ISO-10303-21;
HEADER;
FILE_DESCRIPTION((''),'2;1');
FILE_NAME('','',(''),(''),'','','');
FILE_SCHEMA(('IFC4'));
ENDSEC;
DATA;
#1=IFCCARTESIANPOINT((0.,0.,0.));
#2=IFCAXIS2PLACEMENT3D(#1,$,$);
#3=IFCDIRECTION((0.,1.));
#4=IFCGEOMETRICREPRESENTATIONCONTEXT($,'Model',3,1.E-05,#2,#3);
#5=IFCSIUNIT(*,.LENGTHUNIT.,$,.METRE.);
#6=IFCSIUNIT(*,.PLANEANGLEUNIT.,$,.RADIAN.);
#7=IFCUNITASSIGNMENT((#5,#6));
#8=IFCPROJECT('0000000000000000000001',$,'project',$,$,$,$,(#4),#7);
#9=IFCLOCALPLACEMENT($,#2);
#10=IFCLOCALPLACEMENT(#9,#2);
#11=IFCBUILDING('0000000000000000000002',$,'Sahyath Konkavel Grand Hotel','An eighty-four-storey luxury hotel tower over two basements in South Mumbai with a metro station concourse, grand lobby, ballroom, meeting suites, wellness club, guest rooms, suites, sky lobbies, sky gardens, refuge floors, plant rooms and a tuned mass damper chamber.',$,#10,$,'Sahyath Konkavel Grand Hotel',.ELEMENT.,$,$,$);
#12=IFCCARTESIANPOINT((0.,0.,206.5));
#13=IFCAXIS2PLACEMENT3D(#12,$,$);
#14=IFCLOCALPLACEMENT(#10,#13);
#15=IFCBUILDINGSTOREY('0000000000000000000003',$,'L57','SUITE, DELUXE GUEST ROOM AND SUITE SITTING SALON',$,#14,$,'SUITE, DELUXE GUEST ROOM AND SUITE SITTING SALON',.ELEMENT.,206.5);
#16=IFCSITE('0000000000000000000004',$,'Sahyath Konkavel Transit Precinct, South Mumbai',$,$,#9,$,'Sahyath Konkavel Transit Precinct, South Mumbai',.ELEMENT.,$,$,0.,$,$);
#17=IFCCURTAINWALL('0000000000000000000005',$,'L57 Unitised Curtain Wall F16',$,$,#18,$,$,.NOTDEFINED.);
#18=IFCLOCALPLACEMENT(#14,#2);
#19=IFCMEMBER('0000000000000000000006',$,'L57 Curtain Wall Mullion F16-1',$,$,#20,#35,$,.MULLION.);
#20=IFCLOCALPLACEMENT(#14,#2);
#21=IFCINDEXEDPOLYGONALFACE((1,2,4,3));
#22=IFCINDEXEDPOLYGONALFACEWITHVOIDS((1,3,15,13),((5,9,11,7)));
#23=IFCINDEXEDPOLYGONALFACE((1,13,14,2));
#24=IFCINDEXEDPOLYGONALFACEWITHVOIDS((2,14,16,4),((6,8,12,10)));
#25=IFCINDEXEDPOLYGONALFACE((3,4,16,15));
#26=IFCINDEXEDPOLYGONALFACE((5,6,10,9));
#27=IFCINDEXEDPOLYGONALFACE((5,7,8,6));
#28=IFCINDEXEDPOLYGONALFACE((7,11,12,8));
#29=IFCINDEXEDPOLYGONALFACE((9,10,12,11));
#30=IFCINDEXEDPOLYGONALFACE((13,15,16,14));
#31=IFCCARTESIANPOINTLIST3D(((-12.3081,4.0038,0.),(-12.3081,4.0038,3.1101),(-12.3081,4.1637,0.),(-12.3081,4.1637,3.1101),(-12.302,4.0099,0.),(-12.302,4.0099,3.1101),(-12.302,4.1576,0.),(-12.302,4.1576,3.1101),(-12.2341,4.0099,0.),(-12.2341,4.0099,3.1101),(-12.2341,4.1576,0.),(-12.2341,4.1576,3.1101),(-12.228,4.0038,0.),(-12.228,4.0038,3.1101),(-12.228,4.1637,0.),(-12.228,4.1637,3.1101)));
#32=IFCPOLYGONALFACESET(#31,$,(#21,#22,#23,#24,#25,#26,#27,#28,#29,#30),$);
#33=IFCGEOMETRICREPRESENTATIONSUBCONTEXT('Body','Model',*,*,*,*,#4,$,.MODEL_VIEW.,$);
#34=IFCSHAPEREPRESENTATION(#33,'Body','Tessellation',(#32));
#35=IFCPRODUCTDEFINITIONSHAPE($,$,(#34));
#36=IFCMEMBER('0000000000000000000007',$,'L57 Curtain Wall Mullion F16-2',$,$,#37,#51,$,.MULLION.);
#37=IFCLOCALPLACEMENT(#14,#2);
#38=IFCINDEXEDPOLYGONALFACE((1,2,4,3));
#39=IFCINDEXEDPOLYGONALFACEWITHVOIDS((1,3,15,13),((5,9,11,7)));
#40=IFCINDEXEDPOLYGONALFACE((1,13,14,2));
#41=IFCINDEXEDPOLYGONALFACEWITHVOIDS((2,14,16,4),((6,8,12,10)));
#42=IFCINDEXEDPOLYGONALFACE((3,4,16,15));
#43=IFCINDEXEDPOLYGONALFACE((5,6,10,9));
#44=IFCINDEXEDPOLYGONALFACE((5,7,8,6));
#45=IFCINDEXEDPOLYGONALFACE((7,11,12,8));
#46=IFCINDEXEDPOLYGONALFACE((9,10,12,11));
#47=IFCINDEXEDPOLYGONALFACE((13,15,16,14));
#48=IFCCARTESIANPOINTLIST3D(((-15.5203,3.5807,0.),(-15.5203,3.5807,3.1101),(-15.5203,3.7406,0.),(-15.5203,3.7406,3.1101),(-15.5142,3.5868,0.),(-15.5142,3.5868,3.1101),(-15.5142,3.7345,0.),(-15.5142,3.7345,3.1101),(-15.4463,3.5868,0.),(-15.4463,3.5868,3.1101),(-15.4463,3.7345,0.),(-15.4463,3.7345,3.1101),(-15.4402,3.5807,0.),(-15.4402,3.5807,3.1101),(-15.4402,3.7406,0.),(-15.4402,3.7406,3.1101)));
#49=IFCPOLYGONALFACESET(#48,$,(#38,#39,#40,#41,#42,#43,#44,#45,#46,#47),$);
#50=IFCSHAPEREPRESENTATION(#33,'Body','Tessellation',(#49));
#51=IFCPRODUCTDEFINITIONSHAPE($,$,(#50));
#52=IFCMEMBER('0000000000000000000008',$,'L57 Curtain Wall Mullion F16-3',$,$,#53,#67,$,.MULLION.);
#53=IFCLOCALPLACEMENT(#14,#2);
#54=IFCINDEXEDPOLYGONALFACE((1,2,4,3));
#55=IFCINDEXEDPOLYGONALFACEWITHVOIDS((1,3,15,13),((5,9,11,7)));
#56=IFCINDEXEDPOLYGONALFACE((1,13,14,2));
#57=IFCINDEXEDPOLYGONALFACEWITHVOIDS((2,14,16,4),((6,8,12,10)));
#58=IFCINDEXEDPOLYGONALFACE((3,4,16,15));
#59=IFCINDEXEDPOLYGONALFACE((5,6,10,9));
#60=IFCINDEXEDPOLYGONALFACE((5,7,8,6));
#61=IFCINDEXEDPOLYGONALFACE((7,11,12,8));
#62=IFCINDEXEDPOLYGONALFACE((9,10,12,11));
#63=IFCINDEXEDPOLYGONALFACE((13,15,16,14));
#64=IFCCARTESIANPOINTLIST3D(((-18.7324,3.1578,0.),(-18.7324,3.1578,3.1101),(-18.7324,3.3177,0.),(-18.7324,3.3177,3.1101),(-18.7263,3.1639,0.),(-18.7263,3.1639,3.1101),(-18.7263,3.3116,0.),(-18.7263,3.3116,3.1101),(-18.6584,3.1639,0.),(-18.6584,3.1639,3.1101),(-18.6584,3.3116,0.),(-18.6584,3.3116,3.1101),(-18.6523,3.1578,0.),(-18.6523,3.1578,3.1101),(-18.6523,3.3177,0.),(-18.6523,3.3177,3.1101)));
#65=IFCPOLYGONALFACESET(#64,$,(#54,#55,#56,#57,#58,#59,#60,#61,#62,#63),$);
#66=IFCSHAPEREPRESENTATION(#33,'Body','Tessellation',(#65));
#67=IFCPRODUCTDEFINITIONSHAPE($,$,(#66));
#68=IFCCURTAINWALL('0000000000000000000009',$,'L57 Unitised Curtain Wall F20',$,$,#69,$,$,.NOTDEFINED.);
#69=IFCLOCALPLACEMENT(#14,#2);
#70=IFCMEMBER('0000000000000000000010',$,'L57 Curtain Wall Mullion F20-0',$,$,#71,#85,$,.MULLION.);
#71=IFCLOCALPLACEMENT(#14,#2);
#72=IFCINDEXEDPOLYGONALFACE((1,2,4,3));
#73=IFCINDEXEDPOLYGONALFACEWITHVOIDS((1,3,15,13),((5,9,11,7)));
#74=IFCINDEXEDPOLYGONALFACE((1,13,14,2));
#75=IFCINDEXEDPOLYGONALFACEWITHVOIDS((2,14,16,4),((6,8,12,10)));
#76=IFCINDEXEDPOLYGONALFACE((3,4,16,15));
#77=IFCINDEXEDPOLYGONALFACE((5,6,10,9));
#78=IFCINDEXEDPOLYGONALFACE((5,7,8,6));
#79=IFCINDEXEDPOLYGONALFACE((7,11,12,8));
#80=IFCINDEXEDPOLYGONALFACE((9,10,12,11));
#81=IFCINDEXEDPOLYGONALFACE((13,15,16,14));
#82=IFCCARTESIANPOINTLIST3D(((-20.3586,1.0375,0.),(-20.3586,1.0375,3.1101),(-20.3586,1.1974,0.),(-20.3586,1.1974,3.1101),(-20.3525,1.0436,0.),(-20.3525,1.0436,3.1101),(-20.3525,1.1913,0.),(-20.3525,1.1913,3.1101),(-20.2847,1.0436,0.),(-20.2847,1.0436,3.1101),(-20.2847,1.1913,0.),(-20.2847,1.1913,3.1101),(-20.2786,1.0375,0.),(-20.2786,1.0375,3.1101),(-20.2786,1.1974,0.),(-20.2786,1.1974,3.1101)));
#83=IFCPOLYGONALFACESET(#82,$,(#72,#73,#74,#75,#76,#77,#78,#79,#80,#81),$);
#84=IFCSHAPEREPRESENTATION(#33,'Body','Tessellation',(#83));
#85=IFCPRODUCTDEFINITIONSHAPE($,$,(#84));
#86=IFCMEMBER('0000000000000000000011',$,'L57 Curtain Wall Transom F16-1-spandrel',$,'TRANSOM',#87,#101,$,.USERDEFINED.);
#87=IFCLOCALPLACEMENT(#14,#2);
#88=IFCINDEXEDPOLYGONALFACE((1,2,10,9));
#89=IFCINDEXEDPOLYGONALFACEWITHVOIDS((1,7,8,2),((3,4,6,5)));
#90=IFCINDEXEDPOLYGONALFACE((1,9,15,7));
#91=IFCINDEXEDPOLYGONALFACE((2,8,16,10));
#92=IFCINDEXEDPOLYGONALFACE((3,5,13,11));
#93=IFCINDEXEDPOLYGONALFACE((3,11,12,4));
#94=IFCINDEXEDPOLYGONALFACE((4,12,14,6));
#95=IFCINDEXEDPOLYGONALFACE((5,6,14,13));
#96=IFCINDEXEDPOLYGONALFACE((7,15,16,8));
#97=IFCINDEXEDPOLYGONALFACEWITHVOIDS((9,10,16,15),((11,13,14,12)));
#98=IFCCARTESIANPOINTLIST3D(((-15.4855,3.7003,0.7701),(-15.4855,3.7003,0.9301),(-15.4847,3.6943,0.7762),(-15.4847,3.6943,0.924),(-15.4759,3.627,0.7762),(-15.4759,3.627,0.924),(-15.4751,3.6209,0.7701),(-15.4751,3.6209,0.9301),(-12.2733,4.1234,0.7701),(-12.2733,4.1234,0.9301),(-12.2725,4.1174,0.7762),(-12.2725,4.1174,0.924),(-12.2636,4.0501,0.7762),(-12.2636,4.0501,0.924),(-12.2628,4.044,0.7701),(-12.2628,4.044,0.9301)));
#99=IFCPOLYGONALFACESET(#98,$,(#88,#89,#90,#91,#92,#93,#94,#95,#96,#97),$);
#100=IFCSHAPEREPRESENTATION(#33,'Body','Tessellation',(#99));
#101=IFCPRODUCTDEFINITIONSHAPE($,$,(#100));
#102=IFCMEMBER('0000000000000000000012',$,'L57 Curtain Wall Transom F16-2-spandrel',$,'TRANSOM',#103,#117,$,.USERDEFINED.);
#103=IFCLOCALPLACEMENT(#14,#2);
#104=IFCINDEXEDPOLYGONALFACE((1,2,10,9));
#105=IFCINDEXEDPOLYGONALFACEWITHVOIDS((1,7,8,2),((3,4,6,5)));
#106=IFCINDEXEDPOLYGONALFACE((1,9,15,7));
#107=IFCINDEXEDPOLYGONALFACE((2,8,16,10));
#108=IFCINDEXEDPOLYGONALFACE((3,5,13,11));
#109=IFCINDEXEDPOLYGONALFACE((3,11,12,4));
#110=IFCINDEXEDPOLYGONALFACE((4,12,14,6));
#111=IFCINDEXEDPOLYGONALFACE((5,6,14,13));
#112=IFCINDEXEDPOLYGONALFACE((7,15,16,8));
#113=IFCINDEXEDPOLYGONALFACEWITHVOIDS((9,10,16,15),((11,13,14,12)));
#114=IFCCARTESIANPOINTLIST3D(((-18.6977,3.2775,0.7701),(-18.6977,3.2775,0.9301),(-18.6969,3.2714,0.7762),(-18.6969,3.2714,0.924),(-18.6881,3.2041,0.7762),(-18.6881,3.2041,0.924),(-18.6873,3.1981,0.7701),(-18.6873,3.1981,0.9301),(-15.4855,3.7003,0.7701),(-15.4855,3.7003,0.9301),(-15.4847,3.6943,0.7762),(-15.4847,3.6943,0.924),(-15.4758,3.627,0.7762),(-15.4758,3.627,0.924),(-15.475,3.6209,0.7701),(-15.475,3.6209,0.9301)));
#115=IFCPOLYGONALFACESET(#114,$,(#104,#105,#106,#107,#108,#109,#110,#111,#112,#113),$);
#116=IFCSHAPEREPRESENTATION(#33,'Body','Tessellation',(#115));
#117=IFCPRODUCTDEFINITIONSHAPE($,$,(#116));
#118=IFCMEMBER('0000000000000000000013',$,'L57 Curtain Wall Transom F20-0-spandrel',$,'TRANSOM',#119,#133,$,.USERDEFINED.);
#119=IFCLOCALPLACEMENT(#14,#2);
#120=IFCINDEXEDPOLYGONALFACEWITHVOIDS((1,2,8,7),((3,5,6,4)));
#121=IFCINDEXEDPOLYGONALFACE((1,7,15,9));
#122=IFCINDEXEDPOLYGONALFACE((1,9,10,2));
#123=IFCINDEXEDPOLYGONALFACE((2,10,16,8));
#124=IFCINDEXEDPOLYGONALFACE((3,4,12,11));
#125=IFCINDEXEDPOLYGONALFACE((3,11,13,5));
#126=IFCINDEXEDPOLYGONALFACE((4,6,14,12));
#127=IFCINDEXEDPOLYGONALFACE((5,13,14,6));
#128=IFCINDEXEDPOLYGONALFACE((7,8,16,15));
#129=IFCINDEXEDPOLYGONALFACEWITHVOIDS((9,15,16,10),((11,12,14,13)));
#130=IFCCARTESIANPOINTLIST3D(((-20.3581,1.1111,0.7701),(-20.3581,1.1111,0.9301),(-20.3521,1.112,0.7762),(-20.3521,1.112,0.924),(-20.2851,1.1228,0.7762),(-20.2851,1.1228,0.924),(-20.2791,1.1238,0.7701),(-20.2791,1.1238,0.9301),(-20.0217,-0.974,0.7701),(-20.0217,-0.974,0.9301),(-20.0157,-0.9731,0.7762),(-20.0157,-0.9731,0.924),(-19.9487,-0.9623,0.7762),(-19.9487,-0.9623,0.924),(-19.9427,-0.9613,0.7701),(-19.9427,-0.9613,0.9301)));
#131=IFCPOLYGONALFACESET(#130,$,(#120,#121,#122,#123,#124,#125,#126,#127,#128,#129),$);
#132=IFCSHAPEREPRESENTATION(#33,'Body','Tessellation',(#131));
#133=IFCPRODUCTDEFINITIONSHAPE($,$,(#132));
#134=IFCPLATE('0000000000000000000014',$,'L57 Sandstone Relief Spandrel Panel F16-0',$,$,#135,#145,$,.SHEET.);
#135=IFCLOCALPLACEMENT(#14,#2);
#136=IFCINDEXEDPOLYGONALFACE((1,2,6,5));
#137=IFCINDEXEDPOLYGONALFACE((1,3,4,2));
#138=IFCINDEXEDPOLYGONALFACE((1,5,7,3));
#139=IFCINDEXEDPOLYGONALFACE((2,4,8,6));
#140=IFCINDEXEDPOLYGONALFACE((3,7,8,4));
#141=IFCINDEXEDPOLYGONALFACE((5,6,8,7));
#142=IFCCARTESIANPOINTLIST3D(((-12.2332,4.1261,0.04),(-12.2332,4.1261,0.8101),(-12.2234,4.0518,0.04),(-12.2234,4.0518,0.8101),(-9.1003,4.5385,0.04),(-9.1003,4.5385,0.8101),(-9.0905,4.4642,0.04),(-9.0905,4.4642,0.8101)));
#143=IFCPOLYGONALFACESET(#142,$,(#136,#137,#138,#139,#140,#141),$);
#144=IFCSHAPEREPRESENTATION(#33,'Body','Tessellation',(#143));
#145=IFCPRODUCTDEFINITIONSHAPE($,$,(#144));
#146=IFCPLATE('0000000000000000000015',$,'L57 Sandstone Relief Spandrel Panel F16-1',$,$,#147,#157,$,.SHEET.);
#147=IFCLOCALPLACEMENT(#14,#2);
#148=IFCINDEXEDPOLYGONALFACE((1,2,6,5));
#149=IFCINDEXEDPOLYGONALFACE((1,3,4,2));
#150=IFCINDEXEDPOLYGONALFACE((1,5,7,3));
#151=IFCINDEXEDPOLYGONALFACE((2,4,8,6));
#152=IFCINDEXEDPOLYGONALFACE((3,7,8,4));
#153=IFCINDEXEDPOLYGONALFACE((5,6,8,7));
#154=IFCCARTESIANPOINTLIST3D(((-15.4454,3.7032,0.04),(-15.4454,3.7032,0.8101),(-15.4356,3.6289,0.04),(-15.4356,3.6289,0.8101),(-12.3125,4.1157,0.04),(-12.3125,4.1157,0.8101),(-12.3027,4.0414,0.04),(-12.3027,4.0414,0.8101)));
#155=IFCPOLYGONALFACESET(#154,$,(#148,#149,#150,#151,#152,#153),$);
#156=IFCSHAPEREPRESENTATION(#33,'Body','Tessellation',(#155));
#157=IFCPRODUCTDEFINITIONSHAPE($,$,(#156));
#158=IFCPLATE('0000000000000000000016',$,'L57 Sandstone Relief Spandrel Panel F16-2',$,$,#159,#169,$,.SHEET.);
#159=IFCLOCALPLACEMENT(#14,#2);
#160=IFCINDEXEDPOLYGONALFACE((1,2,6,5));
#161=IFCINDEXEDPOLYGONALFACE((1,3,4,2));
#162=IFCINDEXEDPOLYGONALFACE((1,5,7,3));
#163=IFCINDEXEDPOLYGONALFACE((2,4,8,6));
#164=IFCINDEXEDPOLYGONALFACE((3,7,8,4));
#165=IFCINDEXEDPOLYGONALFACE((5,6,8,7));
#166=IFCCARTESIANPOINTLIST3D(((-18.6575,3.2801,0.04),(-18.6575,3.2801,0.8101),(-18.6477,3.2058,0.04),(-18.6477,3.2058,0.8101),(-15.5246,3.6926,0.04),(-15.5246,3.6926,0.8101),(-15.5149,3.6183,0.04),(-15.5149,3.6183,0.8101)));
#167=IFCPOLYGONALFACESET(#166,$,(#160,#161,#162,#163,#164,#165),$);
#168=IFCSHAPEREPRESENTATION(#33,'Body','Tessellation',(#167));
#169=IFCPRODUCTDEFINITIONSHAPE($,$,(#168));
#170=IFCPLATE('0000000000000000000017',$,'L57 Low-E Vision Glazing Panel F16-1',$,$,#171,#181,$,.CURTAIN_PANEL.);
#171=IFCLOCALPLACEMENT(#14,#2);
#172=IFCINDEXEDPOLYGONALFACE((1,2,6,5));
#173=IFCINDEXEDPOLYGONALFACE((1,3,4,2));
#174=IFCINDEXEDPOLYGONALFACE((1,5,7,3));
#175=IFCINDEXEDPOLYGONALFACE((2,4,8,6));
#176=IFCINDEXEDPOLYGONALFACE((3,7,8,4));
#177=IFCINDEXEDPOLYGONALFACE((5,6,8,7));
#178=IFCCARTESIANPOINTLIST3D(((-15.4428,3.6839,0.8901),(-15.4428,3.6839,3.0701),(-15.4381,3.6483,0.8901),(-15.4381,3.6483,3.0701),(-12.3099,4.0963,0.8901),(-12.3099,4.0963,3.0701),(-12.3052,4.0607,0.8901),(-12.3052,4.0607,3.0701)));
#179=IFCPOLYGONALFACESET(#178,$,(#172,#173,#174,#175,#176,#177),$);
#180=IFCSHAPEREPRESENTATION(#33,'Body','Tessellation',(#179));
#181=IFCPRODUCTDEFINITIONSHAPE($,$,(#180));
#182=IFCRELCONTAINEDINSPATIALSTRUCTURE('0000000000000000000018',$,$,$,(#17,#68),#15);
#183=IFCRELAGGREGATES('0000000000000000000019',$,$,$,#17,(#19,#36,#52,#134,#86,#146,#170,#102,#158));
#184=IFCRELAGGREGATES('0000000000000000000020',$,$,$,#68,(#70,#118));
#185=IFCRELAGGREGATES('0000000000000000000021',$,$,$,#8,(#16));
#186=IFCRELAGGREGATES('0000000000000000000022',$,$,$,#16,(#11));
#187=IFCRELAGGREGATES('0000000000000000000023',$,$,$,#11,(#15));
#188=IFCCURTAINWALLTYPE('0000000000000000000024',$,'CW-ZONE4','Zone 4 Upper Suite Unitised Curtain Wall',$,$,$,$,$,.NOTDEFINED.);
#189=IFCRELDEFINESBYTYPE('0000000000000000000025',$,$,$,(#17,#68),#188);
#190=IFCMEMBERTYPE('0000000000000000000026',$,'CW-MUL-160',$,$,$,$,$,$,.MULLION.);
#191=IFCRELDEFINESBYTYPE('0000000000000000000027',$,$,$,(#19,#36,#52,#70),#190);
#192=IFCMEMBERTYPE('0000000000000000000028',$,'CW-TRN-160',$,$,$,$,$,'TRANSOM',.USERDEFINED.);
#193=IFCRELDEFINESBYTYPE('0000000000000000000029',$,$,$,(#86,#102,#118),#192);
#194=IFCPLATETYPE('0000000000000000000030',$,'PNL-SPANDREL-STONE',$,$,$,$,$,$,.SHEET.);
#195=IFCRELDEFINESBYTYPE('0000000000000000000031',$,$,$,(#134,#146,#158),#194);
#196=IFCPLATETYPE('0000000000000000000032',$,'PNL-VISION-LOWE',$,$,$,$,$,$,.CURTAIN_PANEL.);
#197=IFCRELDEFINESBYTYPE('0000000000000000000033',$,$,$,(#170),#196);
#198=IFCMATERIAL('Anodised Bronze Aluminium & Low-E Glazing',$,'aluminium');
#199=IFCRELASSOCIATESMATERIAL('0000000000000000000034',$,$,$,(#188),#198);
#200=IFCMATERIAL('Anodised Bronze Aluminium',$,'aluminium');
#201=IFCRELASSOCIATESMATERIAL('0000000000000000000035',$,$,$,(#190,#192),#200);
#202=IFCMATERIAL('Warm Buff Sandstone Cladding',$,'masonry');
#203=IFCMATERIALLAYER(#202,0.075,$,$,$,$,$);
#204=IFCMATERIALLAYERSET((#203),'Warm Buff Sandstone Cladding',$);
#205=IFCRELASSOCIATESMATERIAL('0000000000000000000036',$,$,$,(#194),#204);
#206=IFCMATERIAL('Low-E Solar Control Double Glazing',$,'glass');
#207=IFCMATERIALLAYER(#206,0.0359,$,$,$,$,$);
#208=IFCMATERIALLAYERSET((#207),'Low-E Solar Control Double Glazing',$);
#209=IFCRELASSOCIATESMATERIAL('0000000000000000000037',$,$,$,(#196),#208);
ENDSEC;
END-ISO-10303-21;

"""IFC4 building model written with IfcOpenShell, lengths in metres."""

from ifc_helpers import new_model, si_unit, direction, frame, origin, origin_2d, place, context, subcontext, project, spatial, rectangle, hollow_rectangle, extrude, source, transform, mapped, material, layer, layer_set, material_profile, profile_set, type_object, element, aggregate, save


model = new_model("IFC4")

# Units and contexts
model_context = context("Model", 3, precision=1e-05, world=origin(), true_north=direction((0.0, 1.0)))
body_context = subcontext(model_context, "Body", "Model", "MODEL_VIEW")
ifc_project = project(units=[si_unit("LENGTHUNIT", "METRE"), si_unit("PLANEANGLEUNIT", "RADIAN")], contexts=[model_context])

# Site, building, storey
site_placement = place(None, origin())
site = spatial("IfcSite", under=ifc_project, at=site_placement, Name="Sahyath Konkavel Transit Precinct, South Mumbai", LongName="Sahyath Konkavel Transit Precinct, South Mumbai", CompositionType="ELEMENT", RefElevation=0.0)
building_placement = place(site_placement, origin())
building = spatial("IfcBuilding", under=site, at=building_placement, Name="Sahyath Konkavel Grand Hotel", Description="An eighty-four-storey luxury hotel tower over two basements in South Mumbai with a metro station concourse, grand lobby, ballroom, meeting suites, wellness club, guest rooms, suites, sky lobbies, sky gardens, refuge floors, plant rooms and a tuned mass damper chamber.", LongName="Sahyath Konkavel Grand Hotel", CompositionType="ELEMENT")
storey_placement = place(building_placement, frame((0.0, 0.0, 206.5)))
storey = spatial("IfcBuildingStorey", under=building, at=storey_placement, Name="L57", Description="SUITE, DELUXE GUEST ROOM AND SUITE SITTING SALON", LongName="SUITE, DELUXE GUEST ROOM AND SUITE SITTING SALON", CompositionType="ELEMENT", Elevation=206.5)

# Curtain wall, members
ifc_material_1 = material(Name="Anodised Bronze Aluminium & Low-E Glazing", Category="aluminium")
curtain_wall_type = type_object("IfcCurtainWallType", Name="CW-ZONE4", Description="Zone 4 Upper Suite Unitised Curtain Wall", PredefinedType="NOTDEFINED", material=ifc_material_1)
curtain_wall_1_placement = place(storey_placement, origin())
curtain_wall_1 = element("IfcCurtainWall", 1, at=curtain_wall_1_placement, inside=storey, type_object=curtain_wall_type, Name="L57 Unitised Curtain Wall F16", PredefinedType="NOTDEFINED")
ifc_material_2 = material(Name="Anodised Bronze Aluminium", Category="aluminium")
ifc_material_profile_1 = material_profile(ifc_material_2, hollow_rectangle(XDim=0.0801, YDim=0.1599, WallThickness=0.0061, at=origin_2d()), Name="RHS 160x80x6")
ifc_profile_set_1 = profile_set([ifc_material_profile_1], Name="Anodised Bronze Aluminium")
member_type_1 = type_object("IfcMemberType", Name="CW-MUL-160", PredefinedType="MULLION", material=ifc_profile_set_1)
shared_shape_1 = source(origin(), body_context, "Body", "SweptSolid", [
    extrude(hollow_rectangle(XDim=0.0801, YDim=0.1599, WallThickness=0.0061, at=origin_2d()), origin(), (0.0, 0.0, 1.0), 3.1101),
])
member_1_placement = place(storey_placement, frame((-12.2681, 4.0837, 0.0), z_axis=(0.0, 0.0, 1.0), x_axis=(1.0, 0.0, 0.0)))
member_1 = element("IfcMember", 2, at=member_1_placement, type_object=member_type_1, Name="L57 Curtain Wall Mullion F16-1", PredefinedType="MULLION", context=body_context, shape_type="MappedRepresentation", body=[
    mapped(shared_shape_1, transform((0.0, 0.0, 0.0), scale=1.0)),
])
member_2_placement = place(storey_placement, frame((-15.4802, 3.6606, 0.0), z_axis=(0.0, 0.0, 1.0), x_axis=(1.0, 0.0, 0.0)))
member_2 = element("IfcMember", 3, at=member_2_placement, type_object=member_type_1, Name="L57 Curtain Wall Mullion F16-2", PredefinedType="MULLION", context=body_context, shape_type="MappedRepresentation", body=[
    mapped(shared_shape_1, transform((0.0, 0.0, 0.0), scale=1.0)),
])
member_3_placement = place(storey_placement, frame((-18.6924, 3.2378, 0.0), z_axis=(0.0, 0.0, 1.0), x_axis=(1.0, 0.0, 0.0)))
member_3 = element("IfcMember", 4, at=member_3_placement, type_object=member_type_1, Name="L57 Curtain Wall Mullion F16-3", PredefinedType="MULLION", context=body_context, shape_type="MappedRepresentation", body=[
    mapped(shared_shape_1, transform((0.0, 0.0, 0.0), scale=1.0)),
])

# Curtain wall, member
curtain_wall_2_placement = place(storey_placement, origin())
curtain_wall_2 = element("IfcCurtainWall", 5, at=curtain_wall_2_placement, inside=storey, type_object=curtain_wall_type, Name="L57 Unitised Curtain Wall F20", PredefinedType="NOTDEFINED")
member_4_placement = place(storey_placement, frame((-20.3186, 1.1174, 0.0), z_axis=(0.0, 0.0, 1.0), x_axis=(1.0, 0.0, 0.0)))
member_4 = element("IfcMember", 6, at=member_4_placement, type_object=member_type_1, Name="L57 Curtain Wall Mullion F20-0", PredefinedType="MULLION", context=body_context, shape_type="MappedRepresentation", body=[
    mapped(shared_shape_1, transform((0.0, 0.0, 0.0), scale=1.0)),
])

# Members
ifc_material_profile_2 = material_profile(ifc_material_2, hollow_rectangle(XDim=0.0801, YDim=0.1599, WallThickness=0.0061, at=origin_2d()), Name="RHS 160x80x6")
ifc_profile_set_2 = profile_set([ifc_material_profile_2], Name="Anodised Bronze Aluminium")
member_type_2 = type_object("IfcMemberType", Name="CW-TRN-160", ElementType="TRANSOM", PredefinedType="USERDEFINED", material=ifc_profile_set_2)
shared_shape_2 = source(origin(), body_context, "Body", "SweptSolid", [
    extrude(hollow_rectangle(XDim=0.0801, YDim=0.1599, WallThickness=0.0061, at=origin_2d()), origin(), (0.0, 0.0, 1.0), 3.24),
])
member_5_placement = place(storey_placement, frame((-12.2681, 4.0837, 0.8501), z_axis=(-0.991437, -0.130589, 0.0), x_axis=(0.130589, -0.991437, 0.0)))
member_5 = element("IfcMember", 7, at=member_5_placement, type_object=member_type_2, Name="L57 Curtain Wall Transom F16-1-spandrel", ObjectType="TRANSOM", PredefinedType="USERDEFINED", context=body_context, shape_type="MappedRepresentation", body=[
    mapped(shared_shape_2, transform((0.0, 0.0, 0.0), scale=1.0)),
])
member_6_placement = place(storey_placement, frame((-15.4802, 3.6606, 0.8501), z_axis=(-0.991446, -0.130515, 0.0), x_axis=(0.130515, -0.991446, 0.0)))
member_6 = element("IfcMember", 8, at=member_6_placement, type_object=member_type_2, Name="L57 Curtain Wall Transom F16-2-spandrel", ObjectType="TRANSOM", PredefinedType="USERDEFINED", context=body_context, shape_type="MappedRepresentation", body=[
    mapped(shared_shape_2, transform((0.0, 0.0, 0.0), scale=1.0)),
])
shared_shape_3 = source(origin(), body_context, "Body", "SweptSolid", [
    extrude(hollow_rectangle(XDim=0.0801, YDim=0.1599, WallThickness=0.0061, at=origin_2d()), origin(), (0.0, 0.0, 1.0), 2.1121),
])
member_7_placement = place(storey_placement, frame((-20.3186, 1.1174, 0.8501), z_axis=(0.15928, -0.987233, 0.0), x_axis=(0.987233, 0.15928, 0.0)))
member_7 = element("IfcMember", 9, at=member_7_placement, type_object=member_type_2, Name="L57 Curtain Wall Transom F20-0-spandrel", ObjectType="TRANSOM", PredefinedType="USERDEFINED", context=body_context, shape_type="MappedRepresentation", body=[
    mapped(shared_shape_3, transform((0.0, 0.0, 0.0), scale=1.0)),
])

# Plates
ifc_material_3 = material(Name="Warm Buff Sandstone Cladding", Category="masonry")
ifc_layer_1 = layer(ifc_material_3, 0.075)
ifc_layer_set_1 = layer_set([ifc_layer_1], Name="Warm Buff Sandstone Cladding")
plate_type_1 = type_object("IfcPlateType", Name="PNL-SPANDREL-STONE", PredefinedType="SHEET", material=ifc_layer_set_1)
shared_shape_4 = source(origin(), body_context, "Body", "SweptSolid", [
    extrude(rectangle(XDim=3.1599, YDim=0.075, at=origin_2d()), origin(), (0.0, 0.0, 1.0), 0.77),
])
plate_1_placement = place(storey_placement, frame((-10.6619, 4.2952, 0.04), z_axis=(0.0, 0.0, 1.0), x_axis=(-0.991445, -0.130526, 0.0)))
plate_1 = element("IfcPlate", 10, at=plate_1_placement, type_object=plate_type_1, Name="L57 Sandstone Relief Spandrel Panel F16-0", PredefinedType="SHEET", context=body_context, shape_type="MappedRepresentation", body=[
    mapped(shared_shape_4, transform((0.0, 0.0, 0.0), scale=1.0)),
])
plate_2_placement = place(storey_placement, frame((-13.874, 3.8723, 0.04), z_axis=(0.0, 0.0, 1.0), x_axis=(-0.991445, -0.130526, 0.0)))
plate_2 = element("IfcPlate", 11, at=plate_2_placement, type_object=plate_type_1, Name="L57 Sandstone Relief Spandrel Panel F16-1", PredefinedType="SHEET", context=body_context, shape_type="MappedRepresentation", body=[
    mapped(shared_shape_4, transform((0.0, 0.0, 0.0), scale=1.0)),
])
plate_3_placement = place(storey_placement, frame((-17.0862, 3.4492, 0.04), z_axis=(0.0, 0.0, 1.0), x_axis=(-0.991445, -0.130526, 0.0)))
plate_3 = element("IfcPlate", 12, at=plate_3_placement, type_object=plate_type_1, Name="L57 Sandstone Relief Spandrel Panel F16-2", PredefinedType="SHEET", context=body_context, shape_type="MappedRepresentation", body=[
    mapped(shared_shape_4, transform((0.0, 0.0, 0.0), scale=1.0)),
])
ifc_material_4 = material(Name="Low-E Solar Control Double Glazing", Category="glass")
ifc_layer_2 = layer(ifc_material_4, 0.0359)
ifc_layer_set_2 = layer_set([ifc_layer_2], Name="Low-E Solar Control Double Glazing")
plate_type_2 = type_object("IfcPlateType", Name="PNL-VISION-LOWE", PredefinedType="CURTAIN_PANEL", material=ifc_layer_set_2)
shared_shape_5 = source(origin(), body_context, "Body", "SweptSolid", [
    extrude(rectangle(XDim=3.1599, YDim=0.0359, at=origin_2d()), origin(), (0.0, 0.0, 1.0), 2.1799),
])
plate_4_placement = place(storey_placement, frame((-13.874, 3.8723, 0.8901), z_axis=(0.0, 0.0, 1.0), x_axis=(-0.991445, -0.130526, 0.0)))
plate_4 = element("IfcPlate", 13, at=plate_4_placement, type_object=plate_type_2, Name="L57 Low-E Vision Glazing Panel F16-1", PredefinedType="CURTAIN_PANEL", context=body_context, shape_type="MappedRepresentation", body=[
    mapped(shared_shape_5, transform((0.0, 0.0, 0.0), scale=1.0)),
])
aggregate(curtain_wall_1, [member_1, member_2, member_3, plate_1, member_5, plate_2, plate_4, member_6, plate_3])
aggregate(curtain_wall_2, [member_4, member_7])

save(model, "model.ifc")
